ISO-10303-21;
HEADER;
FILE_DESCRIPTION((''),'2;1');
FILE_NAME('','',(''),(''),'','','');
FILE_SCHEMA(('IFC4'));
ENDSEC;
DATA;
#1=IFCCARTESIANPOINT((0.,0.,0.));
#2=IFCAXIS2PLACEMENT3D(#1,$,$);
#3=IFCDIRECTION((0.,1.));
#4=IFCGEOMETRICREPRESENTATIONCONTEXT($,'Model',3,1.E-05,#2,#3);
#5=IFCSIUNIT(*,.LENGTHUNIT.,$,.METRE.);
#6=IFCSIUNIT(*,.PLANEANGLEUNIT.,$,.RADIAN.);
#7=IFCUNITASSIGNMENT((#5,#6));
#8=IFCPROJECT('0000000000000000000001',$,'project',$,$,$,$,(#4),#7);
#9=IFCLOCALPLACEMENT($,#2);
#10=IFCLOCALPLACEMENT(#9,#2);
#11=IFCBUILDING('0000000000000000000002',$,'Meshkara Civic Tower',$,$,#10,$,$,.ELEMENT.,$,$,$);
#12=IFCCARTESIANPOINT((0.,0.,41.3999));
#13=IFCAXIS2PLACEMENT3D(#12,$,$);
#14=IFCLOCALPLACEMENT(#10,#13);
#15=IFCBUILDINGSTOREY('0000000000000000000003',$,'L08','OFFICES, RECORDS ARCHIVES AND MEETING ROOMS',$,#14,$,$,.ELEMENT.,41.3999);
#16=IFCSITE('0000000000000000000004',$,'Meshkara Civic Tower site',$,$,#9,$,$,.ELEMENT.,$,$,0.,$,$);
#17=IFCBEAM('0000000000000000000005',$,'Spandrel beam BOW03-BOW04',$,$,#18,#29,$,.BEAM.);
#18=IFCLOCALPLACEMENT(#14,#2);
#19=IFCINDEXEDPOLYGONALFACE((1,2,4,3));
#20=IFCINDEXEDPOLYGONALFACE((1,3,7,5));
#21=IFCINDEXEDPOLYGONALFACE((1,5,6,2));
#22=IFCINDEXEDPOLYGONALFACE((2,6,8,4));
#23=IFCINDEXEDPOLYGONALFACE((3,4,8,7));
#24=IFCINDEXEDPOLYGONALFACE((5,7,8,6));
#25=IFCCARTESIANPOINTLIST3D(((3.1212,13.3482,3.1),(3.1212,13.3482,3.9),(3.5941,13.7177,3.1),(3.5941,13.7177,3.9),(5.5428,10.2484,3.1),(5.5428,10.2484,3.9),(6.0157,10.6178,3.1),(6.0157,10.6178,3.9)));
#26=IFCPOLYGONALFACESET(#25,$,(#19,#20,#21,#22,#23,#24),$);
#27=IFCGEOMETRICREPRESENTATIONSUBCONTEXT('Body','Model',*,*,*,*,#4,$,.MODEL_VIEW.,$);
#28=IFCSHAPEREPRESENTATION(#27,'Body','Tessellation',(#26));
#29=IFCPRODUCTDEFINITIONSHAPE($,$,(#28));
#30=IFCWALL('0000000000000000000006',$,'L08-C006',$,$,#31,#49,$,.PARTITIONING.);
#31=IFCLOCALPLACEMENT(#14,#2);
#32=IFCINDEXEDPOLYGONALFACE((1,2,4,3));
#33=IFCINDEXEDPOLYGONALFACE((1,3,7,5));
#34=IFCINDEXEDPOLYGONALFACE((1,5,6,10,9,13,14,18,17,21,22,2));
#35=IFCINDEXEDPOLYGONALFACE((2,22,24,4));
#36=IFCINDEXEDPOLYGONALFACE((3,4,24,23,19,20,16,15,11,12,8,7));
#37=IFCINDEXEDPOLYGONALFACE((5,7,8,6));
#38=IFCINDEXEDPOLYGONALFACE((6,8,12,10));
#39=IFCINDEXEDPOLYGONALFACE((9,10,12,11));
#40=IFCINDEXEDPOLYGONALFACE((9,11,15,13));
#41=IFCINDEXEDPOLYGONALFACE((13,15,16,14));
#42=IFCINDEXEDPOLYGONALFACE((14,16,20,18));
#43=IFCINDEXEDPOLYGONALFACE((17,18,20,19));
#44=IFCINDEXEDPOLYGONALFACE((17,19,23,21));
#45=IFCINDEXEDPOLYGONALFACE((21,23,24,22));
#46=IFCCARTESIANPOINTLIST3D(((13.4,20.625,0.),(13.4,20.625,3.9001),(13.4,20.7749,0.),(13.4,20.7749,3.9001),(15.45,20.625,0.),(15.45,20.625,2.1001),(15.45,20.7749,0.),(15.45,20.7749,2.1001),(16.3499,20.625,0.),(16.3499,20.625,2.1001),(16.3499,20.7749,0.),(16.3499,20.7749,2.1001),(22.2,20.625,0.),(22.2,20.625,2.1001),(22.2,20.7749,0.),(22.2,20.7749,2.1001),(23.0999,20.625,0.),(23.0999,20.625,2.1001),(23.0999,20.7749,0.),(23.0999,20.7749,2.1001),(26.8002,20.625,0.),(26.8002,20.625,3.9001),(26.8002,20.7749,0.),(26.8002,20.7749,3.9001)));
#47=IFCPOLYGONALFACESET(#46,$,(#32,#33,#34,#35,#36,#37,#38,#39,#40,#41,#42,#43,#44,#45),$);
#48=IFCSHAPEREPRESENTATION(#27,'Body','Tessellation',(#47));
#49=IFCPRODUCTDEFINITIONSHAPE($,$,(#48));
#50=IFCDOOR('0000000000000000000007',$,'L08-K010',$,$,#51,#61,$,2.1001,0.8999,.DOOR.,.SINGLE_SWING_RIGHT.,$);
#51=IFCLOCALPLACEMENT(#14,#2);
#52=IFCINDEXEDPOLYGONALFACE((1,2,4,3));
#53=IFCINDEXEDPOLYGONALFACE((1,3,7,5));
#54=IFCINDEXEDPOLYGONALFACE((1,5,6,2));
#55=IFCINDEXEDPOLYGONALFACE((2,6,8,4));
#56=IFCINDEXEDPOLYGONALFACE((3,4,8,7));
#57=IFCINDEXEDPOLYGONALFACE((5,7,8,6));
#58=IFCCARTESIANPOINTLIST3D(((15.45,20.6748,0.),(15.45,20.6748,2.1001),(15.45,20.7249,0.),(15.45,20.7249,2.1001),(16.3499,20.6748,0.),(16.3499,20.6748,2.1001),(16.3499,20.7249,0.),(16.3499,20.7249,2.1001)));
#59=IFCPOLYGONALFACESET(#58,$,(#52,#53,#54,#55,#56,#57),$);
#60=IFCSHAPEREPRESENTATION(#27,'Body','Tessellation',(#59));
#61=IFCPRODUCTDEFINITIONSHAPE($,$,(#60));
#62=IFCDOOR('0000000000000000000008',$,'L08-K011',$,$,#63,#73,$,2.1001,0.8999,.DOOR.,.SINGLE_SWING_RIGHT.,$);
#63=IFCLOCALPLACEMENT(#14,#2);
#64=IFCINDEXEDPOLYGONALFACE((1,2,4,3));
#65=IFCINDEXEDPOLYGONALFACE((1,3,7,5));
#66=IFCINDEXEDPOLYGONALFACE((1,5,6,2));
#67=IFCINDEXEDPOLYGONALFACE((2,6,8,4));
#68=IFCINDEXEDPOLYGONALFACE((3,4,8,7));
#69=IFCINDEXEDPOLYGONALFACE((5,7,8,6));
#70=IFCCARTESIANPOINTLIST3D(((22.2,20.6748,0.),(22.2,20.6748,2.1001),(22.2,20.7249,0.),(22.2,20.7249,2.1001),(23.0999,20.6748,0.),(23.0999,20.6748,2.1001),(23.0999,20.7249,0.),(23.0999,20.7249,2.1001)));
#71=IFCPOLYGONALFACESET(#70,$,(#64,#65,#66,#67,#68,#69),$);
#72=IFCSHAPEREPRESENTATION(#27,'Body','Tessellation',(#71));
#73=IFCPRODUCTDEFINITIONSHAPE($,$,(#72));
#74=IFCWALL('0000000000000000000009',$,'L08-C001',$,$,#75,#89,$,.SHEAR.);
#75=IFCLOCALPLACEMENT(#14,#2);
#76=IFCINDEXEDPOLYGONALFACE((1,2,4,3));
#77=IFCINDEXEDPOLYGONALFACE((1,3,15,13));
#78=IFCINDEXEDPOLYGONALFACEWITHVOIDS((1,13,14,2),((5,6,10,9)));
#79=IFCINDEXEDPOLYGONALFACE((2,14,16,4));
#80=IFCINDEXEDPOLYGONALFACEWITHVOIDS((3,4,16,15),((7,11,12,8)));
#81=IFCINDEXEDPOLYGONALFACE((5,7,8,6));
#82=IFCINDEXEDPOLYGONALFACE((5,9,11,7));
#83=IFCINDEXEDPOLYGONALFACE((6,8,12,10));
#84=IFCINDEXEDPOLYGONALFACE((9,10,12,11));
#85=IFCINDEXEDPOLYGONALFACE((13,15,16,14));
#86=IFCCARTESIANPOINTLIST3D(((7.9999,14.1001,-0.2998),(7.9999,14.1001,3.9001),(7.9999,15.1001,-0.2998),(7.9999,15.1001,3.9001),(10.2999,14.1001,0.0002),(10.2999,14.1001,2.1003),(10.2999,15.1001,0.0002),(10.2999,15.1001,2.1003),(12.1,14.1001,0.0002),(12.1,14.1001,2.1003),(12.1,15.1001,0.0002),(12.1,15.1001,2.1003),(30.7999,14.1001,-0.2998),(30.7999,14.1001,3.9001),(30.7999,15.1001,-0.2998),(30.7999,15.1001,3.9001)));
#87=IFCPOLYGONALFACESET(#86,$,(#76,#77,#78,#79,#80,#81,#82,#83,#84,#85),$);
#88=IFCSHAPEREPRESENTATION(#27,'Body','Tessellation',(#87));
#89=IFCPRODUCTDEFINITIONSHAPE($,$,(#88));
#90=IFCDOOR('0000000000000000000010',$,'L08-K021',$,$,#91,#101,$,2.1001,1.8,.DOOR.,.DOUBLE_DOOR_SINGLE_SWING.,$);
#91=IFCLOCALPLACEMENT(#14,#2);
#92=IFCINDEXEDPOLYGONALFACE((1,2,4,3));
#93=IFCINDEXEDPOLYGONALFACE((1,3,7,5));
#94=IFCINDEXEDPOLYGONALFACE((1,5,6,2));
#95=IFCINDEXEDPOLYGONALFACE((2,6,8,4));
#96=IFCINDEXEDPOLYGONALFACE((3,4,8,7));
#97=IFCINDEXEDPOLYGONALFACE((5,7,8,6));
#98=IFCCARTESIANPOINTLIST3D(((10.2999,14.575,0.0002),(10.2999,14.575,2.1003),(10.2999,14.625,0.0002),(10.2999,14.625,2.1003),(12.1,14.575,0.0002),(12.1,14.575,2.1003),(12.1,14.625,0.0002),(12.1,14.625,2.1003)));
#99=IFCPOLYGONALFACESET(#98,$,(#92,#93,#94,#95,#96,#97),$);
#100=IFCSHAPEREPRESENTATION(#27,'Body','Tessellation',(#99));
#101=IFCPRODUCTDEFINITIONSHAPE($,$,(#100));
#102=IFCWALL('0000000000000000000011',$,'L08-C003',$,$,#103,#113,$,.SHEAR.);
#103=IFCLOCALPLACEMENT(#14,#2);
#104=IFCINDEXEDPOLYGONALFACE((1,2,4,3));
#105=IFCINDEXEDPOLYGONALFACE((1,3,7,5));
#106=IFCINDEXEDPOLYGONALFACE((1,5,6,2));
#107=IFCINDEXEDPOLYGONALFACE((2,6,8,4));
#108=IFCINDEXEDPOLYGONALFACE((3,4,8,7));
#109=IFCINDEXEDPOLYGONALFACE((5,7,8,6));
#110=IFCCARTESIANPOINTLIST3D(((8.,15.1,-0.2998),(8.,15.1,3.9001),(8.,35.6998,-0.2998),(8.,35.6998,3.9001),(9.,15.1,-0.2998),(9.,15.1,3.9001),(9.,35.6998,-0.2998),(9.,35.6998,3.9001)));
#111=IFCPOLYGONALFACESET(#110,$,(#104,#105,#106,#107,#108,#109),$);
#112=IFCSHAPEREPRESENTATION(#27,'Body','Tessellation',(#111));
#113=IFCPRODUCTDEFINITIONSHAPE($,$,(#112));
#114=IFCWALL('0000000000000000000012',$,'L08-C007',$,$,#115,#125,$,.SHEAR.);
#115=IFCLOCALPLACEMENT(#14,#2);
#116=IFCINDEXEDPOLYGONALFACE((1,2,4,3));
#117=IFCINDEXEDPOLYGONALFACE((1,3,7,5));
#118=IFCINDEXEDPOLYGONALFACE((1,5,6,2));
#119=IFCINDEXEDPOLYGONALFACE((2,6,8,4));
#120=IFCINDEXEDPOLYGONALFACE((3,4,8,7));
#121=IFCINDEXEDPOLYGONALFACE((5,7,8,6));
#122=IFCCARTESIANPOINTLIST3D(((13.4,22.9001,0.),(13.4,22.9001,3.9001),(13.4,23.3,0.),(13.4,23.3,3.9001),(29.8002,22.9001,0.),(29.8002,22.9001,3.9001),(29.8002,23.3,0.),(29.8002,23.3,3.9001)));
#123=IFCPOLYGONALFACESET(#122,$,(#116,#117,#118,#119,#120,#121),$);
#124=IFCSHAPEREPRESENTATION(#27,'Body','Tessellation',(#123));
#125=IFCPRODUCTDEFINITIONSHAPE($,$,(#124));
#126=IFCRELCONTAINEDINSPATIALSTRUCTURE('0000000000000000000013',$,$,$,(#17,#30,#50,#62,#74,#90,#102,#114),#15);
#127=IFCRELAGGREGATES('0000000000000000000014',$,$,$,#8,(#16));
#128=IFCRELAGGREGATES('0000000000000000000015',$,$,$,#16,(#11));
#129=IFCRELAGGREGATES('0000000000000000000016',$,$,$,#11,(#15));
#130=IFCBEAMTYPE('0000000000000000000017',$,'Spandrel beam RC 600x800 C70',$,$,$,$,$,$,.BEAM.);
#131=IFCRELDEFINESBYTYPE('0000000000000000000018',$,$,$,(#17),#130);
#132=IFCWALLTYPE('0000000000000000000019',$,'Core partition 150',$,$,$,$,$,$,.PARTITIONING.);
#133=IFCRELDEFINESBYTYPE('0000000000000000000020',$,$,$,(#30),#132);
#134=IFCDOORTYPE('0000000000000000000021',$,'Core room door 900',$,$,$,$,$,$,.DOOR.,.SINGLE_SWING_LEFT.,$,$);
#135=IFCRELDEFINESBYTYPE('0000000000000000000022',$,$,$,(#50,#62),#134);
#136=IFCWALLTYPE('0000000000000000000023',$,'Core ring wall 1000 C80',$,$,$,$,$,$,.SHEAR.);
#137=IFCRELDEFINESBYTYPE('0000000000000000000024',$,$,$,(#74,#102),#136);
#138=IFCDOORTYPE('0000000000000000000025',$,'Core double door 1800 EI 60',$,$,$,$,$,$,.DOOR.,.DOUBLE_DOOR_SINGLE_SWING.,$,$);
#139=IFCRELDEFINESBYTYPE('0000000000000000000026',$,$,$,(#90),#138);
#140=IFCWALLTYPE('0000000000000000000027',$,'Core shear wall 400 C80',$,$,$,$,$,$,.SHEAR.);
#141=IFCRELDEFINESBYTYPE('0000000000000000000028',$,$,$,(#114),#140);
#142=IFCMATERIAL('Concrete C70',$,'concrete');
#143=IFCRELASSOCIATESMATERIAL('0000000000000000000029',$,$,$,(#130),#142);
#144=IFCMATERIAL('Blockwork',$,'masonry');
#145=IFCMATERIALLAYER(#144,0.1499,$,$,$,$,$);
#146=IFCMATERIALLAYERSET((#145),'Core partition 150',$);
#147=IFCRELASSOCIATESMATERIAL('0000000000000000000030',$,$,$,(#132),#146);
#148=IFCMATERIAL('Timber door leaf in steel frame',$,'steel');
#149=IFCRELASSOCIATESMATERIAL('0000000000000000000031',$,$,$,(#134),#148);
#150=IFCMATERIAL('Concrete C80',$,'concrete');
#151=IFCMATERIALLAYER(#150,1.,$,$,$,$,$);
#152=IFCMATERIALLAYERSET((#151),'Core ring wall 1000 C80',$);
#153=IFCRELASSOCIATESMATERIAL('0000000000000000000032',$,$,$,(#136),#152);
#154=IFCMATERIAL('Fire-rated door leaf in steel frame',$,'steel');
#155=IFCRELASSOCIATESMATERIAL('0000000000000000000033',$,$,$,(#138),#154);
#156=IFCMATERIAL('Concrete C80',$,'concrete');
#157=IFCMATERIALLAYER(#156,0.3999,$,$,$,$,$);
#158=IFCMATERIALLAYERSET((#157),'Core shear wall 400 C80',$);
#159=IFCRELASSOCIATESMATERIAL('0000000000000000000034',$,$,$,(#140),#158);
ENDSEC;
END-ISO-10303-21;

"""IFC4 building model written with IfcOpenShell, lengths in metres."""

from ifc_helpers import new_model, si_unit, direction, frame, frame_2d, origin, origin_2d, place, context, subcontext, project, spatial, rectangle, extrude, material, layer, layer_set, material_profile, profile_set, type_object, element, fill, save


model = new_model("IFC4")

# Units and contexts
model_context = context("Model", 3, precision=1e-05, world=origin(), true_north=direction((0.0, 1.0)))
body_context = subcontext(model_context, "Body", "Model", "MODEL_VIEW")
ifc_project = project(units=[si_unit("LENGTHUNIT", "METRE"), si_unit("PLANEANGLEUNIT", "RADIAN")], contexts=[model_context])

# Site, building, storey
site_placement = place(None, origin())
site = spatial("IfcSite", under=ifc_project, at=site_placement, Name="Meshkara Civic Tower site", CompositionType="ELEMENT", RefElevation=0.0)
building_placement = place(site_placement, origin())
building = spatial("IfcBuilding", under=site, at=building_placement, Name="Meshkara Civic Tower", CompositionType="ELEMENT")
storey_placement = place(building_placement, frame((0.0, 0.0, 41.3999)))
storey = spatial("IfcBuildingStorey", under=building, at=storey_placement, Name="L08", Description="OFFICES, RECORDS ARCHIVES AND MEETING ROOMS", CompositionType="ELEMENT", Elevation=41.3999)

# Beam
ifc_material_1 = material(Name="Concrete C70", Category="concrete")
ifc_material_profile = material_profile(ifc_material_1, rectangle(XDim=0.6001, YDim=0.8, at=origin_2d()))
ifc_profile_set = profile_set([ifc_material_profile], Name="Concrete C70")
beam_type = type_object("IfcBeamType", Name="Spandrel beam RC 600x800 C70", PredefinedType="BEAM", material=ifc_profile_set)
beam_placement = place(storey_placement, frame((3.3577, 13.533, 3.5), z_axis=(0.615624, -0.78804, 0.0), x_axis=(0.78804, 0.615624, 0.0)))
element("IfcBeam", 1, at=beam_placement, inside=storey, type_object=beam_type, Name="Spandrel beam BOW03-BOW04", PredefinedType="BEAM", context=body_context, shape_type="SweptSolid", body=[
    extrude(rectangle(XDim=0.6001, YDim=0.8, at=origin_2d()), origin(), (0.0, 0.0, 1.0), 3.9336),
])

# Wall, openings, doors
ifc_material_2 = material(Name="Blockwork", Category="masonry")
ifc_layer_1 = layer(ifc_material_2, 0.1499)
ifc_layer_set_1 = layer_set([ifc_layer_1], Name="Core partition 150")
wall_type_1 = type_object("IfcWallType", Name="Core partition 150", PredefinedType="PARTITIONING", material=ifc_layer_set_1)
wall_1_placement = place(storey_placement, frame((13.3999, 20.7, 0.0), z_axis=(0.0, 0.0, 1.0), x_axis=(1.0, 0.0, 0.0)))
wall_1 = element("IfcWall", 2, at=wall_1_placement, inside=storey, type_object=wall_type_1, Name="L08-C006", PredefinedType="PARTITIONING", context=body_context, shape_type="SweptSolid", body=[
    extrude(rectangle(XDim=13.4001, YDim=0.1499, at=frame_2d((6.7002, 0.0))), origin(), (0.0, 0.0, 1.0), 3.9001),
])
opening_1_placement = place(wall_1_placement, frame((2.05, 0.0, 0.0)))
opening_1 = element("IfcOpeningElement", 3, at=opening_1_placement, cuts=wall_1, PredefinedType="OPENING", context=body_context, shape_type="SweptSolid", body=[
    extrude(rectangle(XDim=0.8999, YDim=2.1001, at=frame_2d((0.45, 1.05))), frame((0.0, 0.085, 0.0), z_axis=(0.0, -1.0, 0.0), x_axis=(1.0, 0.0, 0.0)), (0.0, 0.0, 1.0), 0.1699),
])
opening_2_placement = place(wall_1_placement, frame((8.8, 0.0, 0.0)))
opening_2 = element("IfcOpeningElement", 4, at=opening_2_placement, cuts=wall_1, PredefinedType="OPENING", context=body_context, shape_type="SweptSolid", body=[
    extrude(rectangle(XDim=0.8999, YDim=2.1001, at=frame_2d((0.45, 1.05))), frame((0.0, 0.085, 0.0), z_axis=(0.0, -1.0, 0.0), x_axis=(1.0, 0.0, 0.0)), (0.0, 0.0, 1.0), 0.1699),
])
ifc_material_3 = material(Name="Timber door leaf in steel frame", Category="steel")
door_type_1 = type_object("IfcDoorType", Name="Core room door 900", OperationType="SINGLE_SWING_LEFT", PredefinedType="DOOR", material=ifc_material_3)
door_1_placement = place(opening_1_placement, origin())
door_1 = element("IfcDoor", 5, at=door_1_placement, inside=storey, type_object=door_type_1, Name="L08-K010", OperationType="SINGLE_SWING_RIGHT", OverallHeight=2.1001, OverallWidth=0.8999, PredefinedType="DOOR", context=body_context, shape_type="SweptSolid", body=[
    extrude(rectangle(XDim=0.8999, YDim=2.1001, at=frame_2d((0.45, 1.05))), frame((0.0, 0.0249, 0.0), z_axis=(0.0, -1.0, 0.0), x_axis=(1.0, 0.0, 0.0)), (0.0, 0.0, 1.0), 0.05),
])
fill(opening_1, door_1)
door_2_placement = place(opening_2_placement, origin())
door_2 = element("IfcDoor", 6, at=door_2_placement, inside=storey, type_object=door_type_1, Name="L08-K011", OperationType="SINGLE_SWING_RIGHT", OverallHeight=2.1001, OverallWidth=0.8999, PredefinedType="DOOR", context=body_context, shape_type="SweptSolid", body=[
    extrude(rectangle(XDim=0.8999, YDim=2.1001, at=frame_2d((0.45, 1.05))), frame((0.0, 0.0249, 0.0), z_axis=(0.0, -1.0, 0.0), x_axis=(1.0, 0.0, 0.0)), (0.0, 0.0, 1.0), 0.05),
])
fill(opening_2, door_2)

# Wall, opening, door
ifc_material_4 = material(Name="Concrete C80", Category="concrete")
ifc_layer_2 = layer(ifc_material_4, 1.0)
ifc_layer_set_2 = layer_set([ifc_layer_2], Name="Core ring wall 1000 C80")
wall_type_2 = type_object("IfcWallType", Name="Core ring wall 1000 C80", PredefinedType="SHEAR", material=ifc_layer_set_2)
wall_2_placement = place(storey_placement, frame((8.0, 14.6001, -0.2998), z_axis=(0.0, 0.0, 1.0), x_axis=(1.0, 0.0, 0.0)))
wall_2 = element("IfcWall", 7, at=wall_2_placement, inside=storey, type_object=wall_type_2, Name="L08-C001", PredefinedType="SHEAR", context=body_context, shape_type="SweptSolid", body=[
    extrude(rectangle(XDim=22.8, YDim=1.0, at=frame_2d((11.3999, 0.0))), origin(), (0.0, 0.0, 1.0), 4.2),
])
opening_3_placement = place(wall_2_placement, frame((2.3, 0.0, 0.3)))
opening_3 = element("IfcOpeningElement", 8, at=opening_3_placement, cuts=wall_2, PredefinedType="OPENING", context=body_context, shape_type="SweptSolid", body=[
    extrude(rectangle(XDim=1.8, YDim=2.1001, at=frame_2d((0.8999, 1.05))), frame((0.0, 0.51, 0.0), z_axis=(0.0, -1.0, 0.0), x_axis=(1.0, 0.0, 0.0)), (0.0, 0.0, 1.0), 1.02),
])
ifc_material_5 = material(Name="Fire-rated door leaf in steel frame", Category="steel")
door_type_2 = type_object("IfcDoorType", Name="Core double door 1800 EI 60", OperationType="DOUBLE_DOOR_SINGLE_SWING", PredefinedType="DOOR", material=ifc_material_5)
door_3_placement = place(opening_3_placement, origin())
door_3 = element("IfcDoor", 9, at=door_3_placement, inside=storey, type_object=door_type_2, Name="L08-K021", OperationType="DOUBLE_DOOR_SINGLE_SWING", OverallHeight=2.1001, OverallWidth=1.8, PredefinedType="DOOR", context=body_context, shape_type="SweptSolid", body=[
    extrude(rectangle(XDim=1.8, YDim=2.1001, at=frame_2d((0.8999, 1.05))), frame((0.0, 0.0249, 0.0), z_axis=(0.0, -1.0, 0.0), x_axis=(1.0, 0.0, 0.0)), (0.0, 0.0, 1.0), 0.05),
])
fill(opening_3, door_3)

# Walls
wall_3_placement = place(storey_placement, frame((8.5, 15.1001, -0.2998), z_axis=(0.0, 0.0, 1.0), x_axis=(0.0, 1.0, 0.0)))
element("IfcWall", 10, at=wall_3_placement, inside=storey, type_object=wall_type_2, Name="L08-C003", PredefinedType="SHEAR", context=body_context, shape_type="SweptSolid", body=[
    extrude(rectangle(XDim=20.5999, YDim=1.0, at=frame_2d((10.2998, 0.0))), origin(), (0.0, 0.0, 1.0), 4.2),
])
ifc_material_6 = material(Name="Concrete C80", Category="concrete")
ifc_layer_3 = layer(ifc_material_6, 0.3999)
ifc_layer_set_3 = layer_set([ifc_layer_3], Name="Core shear wall 400 C80")
wall_type_3 = type_object("IfcWallType", Name="Core shear wall 400 C80", PredefinedType="SHEAR", material=ifc_layer_set_3)
wall_4_placement = place(storey_placement, frame((13.3999, 23.1001, 0.0), z_axis=(0.0, 0.0, 1.0), x_axis=(1.0, 0.0, 0.0)))
element("IfcWall", 11, at=wall_4_placement, inside=storey, type_object=wall_type_3, Name="L08-C007", PredefinedType="SHEAR", context=body_context, shape_type="SweptSolid", body=[
    extrude(rectangle(XDim=16.4001, YDim=0.3999, at=frame_2d((8.2002, 0.0))), origin(), (0.0, 0.0, 1.0), 3.9001),
])

save(model, "model.ifc")
